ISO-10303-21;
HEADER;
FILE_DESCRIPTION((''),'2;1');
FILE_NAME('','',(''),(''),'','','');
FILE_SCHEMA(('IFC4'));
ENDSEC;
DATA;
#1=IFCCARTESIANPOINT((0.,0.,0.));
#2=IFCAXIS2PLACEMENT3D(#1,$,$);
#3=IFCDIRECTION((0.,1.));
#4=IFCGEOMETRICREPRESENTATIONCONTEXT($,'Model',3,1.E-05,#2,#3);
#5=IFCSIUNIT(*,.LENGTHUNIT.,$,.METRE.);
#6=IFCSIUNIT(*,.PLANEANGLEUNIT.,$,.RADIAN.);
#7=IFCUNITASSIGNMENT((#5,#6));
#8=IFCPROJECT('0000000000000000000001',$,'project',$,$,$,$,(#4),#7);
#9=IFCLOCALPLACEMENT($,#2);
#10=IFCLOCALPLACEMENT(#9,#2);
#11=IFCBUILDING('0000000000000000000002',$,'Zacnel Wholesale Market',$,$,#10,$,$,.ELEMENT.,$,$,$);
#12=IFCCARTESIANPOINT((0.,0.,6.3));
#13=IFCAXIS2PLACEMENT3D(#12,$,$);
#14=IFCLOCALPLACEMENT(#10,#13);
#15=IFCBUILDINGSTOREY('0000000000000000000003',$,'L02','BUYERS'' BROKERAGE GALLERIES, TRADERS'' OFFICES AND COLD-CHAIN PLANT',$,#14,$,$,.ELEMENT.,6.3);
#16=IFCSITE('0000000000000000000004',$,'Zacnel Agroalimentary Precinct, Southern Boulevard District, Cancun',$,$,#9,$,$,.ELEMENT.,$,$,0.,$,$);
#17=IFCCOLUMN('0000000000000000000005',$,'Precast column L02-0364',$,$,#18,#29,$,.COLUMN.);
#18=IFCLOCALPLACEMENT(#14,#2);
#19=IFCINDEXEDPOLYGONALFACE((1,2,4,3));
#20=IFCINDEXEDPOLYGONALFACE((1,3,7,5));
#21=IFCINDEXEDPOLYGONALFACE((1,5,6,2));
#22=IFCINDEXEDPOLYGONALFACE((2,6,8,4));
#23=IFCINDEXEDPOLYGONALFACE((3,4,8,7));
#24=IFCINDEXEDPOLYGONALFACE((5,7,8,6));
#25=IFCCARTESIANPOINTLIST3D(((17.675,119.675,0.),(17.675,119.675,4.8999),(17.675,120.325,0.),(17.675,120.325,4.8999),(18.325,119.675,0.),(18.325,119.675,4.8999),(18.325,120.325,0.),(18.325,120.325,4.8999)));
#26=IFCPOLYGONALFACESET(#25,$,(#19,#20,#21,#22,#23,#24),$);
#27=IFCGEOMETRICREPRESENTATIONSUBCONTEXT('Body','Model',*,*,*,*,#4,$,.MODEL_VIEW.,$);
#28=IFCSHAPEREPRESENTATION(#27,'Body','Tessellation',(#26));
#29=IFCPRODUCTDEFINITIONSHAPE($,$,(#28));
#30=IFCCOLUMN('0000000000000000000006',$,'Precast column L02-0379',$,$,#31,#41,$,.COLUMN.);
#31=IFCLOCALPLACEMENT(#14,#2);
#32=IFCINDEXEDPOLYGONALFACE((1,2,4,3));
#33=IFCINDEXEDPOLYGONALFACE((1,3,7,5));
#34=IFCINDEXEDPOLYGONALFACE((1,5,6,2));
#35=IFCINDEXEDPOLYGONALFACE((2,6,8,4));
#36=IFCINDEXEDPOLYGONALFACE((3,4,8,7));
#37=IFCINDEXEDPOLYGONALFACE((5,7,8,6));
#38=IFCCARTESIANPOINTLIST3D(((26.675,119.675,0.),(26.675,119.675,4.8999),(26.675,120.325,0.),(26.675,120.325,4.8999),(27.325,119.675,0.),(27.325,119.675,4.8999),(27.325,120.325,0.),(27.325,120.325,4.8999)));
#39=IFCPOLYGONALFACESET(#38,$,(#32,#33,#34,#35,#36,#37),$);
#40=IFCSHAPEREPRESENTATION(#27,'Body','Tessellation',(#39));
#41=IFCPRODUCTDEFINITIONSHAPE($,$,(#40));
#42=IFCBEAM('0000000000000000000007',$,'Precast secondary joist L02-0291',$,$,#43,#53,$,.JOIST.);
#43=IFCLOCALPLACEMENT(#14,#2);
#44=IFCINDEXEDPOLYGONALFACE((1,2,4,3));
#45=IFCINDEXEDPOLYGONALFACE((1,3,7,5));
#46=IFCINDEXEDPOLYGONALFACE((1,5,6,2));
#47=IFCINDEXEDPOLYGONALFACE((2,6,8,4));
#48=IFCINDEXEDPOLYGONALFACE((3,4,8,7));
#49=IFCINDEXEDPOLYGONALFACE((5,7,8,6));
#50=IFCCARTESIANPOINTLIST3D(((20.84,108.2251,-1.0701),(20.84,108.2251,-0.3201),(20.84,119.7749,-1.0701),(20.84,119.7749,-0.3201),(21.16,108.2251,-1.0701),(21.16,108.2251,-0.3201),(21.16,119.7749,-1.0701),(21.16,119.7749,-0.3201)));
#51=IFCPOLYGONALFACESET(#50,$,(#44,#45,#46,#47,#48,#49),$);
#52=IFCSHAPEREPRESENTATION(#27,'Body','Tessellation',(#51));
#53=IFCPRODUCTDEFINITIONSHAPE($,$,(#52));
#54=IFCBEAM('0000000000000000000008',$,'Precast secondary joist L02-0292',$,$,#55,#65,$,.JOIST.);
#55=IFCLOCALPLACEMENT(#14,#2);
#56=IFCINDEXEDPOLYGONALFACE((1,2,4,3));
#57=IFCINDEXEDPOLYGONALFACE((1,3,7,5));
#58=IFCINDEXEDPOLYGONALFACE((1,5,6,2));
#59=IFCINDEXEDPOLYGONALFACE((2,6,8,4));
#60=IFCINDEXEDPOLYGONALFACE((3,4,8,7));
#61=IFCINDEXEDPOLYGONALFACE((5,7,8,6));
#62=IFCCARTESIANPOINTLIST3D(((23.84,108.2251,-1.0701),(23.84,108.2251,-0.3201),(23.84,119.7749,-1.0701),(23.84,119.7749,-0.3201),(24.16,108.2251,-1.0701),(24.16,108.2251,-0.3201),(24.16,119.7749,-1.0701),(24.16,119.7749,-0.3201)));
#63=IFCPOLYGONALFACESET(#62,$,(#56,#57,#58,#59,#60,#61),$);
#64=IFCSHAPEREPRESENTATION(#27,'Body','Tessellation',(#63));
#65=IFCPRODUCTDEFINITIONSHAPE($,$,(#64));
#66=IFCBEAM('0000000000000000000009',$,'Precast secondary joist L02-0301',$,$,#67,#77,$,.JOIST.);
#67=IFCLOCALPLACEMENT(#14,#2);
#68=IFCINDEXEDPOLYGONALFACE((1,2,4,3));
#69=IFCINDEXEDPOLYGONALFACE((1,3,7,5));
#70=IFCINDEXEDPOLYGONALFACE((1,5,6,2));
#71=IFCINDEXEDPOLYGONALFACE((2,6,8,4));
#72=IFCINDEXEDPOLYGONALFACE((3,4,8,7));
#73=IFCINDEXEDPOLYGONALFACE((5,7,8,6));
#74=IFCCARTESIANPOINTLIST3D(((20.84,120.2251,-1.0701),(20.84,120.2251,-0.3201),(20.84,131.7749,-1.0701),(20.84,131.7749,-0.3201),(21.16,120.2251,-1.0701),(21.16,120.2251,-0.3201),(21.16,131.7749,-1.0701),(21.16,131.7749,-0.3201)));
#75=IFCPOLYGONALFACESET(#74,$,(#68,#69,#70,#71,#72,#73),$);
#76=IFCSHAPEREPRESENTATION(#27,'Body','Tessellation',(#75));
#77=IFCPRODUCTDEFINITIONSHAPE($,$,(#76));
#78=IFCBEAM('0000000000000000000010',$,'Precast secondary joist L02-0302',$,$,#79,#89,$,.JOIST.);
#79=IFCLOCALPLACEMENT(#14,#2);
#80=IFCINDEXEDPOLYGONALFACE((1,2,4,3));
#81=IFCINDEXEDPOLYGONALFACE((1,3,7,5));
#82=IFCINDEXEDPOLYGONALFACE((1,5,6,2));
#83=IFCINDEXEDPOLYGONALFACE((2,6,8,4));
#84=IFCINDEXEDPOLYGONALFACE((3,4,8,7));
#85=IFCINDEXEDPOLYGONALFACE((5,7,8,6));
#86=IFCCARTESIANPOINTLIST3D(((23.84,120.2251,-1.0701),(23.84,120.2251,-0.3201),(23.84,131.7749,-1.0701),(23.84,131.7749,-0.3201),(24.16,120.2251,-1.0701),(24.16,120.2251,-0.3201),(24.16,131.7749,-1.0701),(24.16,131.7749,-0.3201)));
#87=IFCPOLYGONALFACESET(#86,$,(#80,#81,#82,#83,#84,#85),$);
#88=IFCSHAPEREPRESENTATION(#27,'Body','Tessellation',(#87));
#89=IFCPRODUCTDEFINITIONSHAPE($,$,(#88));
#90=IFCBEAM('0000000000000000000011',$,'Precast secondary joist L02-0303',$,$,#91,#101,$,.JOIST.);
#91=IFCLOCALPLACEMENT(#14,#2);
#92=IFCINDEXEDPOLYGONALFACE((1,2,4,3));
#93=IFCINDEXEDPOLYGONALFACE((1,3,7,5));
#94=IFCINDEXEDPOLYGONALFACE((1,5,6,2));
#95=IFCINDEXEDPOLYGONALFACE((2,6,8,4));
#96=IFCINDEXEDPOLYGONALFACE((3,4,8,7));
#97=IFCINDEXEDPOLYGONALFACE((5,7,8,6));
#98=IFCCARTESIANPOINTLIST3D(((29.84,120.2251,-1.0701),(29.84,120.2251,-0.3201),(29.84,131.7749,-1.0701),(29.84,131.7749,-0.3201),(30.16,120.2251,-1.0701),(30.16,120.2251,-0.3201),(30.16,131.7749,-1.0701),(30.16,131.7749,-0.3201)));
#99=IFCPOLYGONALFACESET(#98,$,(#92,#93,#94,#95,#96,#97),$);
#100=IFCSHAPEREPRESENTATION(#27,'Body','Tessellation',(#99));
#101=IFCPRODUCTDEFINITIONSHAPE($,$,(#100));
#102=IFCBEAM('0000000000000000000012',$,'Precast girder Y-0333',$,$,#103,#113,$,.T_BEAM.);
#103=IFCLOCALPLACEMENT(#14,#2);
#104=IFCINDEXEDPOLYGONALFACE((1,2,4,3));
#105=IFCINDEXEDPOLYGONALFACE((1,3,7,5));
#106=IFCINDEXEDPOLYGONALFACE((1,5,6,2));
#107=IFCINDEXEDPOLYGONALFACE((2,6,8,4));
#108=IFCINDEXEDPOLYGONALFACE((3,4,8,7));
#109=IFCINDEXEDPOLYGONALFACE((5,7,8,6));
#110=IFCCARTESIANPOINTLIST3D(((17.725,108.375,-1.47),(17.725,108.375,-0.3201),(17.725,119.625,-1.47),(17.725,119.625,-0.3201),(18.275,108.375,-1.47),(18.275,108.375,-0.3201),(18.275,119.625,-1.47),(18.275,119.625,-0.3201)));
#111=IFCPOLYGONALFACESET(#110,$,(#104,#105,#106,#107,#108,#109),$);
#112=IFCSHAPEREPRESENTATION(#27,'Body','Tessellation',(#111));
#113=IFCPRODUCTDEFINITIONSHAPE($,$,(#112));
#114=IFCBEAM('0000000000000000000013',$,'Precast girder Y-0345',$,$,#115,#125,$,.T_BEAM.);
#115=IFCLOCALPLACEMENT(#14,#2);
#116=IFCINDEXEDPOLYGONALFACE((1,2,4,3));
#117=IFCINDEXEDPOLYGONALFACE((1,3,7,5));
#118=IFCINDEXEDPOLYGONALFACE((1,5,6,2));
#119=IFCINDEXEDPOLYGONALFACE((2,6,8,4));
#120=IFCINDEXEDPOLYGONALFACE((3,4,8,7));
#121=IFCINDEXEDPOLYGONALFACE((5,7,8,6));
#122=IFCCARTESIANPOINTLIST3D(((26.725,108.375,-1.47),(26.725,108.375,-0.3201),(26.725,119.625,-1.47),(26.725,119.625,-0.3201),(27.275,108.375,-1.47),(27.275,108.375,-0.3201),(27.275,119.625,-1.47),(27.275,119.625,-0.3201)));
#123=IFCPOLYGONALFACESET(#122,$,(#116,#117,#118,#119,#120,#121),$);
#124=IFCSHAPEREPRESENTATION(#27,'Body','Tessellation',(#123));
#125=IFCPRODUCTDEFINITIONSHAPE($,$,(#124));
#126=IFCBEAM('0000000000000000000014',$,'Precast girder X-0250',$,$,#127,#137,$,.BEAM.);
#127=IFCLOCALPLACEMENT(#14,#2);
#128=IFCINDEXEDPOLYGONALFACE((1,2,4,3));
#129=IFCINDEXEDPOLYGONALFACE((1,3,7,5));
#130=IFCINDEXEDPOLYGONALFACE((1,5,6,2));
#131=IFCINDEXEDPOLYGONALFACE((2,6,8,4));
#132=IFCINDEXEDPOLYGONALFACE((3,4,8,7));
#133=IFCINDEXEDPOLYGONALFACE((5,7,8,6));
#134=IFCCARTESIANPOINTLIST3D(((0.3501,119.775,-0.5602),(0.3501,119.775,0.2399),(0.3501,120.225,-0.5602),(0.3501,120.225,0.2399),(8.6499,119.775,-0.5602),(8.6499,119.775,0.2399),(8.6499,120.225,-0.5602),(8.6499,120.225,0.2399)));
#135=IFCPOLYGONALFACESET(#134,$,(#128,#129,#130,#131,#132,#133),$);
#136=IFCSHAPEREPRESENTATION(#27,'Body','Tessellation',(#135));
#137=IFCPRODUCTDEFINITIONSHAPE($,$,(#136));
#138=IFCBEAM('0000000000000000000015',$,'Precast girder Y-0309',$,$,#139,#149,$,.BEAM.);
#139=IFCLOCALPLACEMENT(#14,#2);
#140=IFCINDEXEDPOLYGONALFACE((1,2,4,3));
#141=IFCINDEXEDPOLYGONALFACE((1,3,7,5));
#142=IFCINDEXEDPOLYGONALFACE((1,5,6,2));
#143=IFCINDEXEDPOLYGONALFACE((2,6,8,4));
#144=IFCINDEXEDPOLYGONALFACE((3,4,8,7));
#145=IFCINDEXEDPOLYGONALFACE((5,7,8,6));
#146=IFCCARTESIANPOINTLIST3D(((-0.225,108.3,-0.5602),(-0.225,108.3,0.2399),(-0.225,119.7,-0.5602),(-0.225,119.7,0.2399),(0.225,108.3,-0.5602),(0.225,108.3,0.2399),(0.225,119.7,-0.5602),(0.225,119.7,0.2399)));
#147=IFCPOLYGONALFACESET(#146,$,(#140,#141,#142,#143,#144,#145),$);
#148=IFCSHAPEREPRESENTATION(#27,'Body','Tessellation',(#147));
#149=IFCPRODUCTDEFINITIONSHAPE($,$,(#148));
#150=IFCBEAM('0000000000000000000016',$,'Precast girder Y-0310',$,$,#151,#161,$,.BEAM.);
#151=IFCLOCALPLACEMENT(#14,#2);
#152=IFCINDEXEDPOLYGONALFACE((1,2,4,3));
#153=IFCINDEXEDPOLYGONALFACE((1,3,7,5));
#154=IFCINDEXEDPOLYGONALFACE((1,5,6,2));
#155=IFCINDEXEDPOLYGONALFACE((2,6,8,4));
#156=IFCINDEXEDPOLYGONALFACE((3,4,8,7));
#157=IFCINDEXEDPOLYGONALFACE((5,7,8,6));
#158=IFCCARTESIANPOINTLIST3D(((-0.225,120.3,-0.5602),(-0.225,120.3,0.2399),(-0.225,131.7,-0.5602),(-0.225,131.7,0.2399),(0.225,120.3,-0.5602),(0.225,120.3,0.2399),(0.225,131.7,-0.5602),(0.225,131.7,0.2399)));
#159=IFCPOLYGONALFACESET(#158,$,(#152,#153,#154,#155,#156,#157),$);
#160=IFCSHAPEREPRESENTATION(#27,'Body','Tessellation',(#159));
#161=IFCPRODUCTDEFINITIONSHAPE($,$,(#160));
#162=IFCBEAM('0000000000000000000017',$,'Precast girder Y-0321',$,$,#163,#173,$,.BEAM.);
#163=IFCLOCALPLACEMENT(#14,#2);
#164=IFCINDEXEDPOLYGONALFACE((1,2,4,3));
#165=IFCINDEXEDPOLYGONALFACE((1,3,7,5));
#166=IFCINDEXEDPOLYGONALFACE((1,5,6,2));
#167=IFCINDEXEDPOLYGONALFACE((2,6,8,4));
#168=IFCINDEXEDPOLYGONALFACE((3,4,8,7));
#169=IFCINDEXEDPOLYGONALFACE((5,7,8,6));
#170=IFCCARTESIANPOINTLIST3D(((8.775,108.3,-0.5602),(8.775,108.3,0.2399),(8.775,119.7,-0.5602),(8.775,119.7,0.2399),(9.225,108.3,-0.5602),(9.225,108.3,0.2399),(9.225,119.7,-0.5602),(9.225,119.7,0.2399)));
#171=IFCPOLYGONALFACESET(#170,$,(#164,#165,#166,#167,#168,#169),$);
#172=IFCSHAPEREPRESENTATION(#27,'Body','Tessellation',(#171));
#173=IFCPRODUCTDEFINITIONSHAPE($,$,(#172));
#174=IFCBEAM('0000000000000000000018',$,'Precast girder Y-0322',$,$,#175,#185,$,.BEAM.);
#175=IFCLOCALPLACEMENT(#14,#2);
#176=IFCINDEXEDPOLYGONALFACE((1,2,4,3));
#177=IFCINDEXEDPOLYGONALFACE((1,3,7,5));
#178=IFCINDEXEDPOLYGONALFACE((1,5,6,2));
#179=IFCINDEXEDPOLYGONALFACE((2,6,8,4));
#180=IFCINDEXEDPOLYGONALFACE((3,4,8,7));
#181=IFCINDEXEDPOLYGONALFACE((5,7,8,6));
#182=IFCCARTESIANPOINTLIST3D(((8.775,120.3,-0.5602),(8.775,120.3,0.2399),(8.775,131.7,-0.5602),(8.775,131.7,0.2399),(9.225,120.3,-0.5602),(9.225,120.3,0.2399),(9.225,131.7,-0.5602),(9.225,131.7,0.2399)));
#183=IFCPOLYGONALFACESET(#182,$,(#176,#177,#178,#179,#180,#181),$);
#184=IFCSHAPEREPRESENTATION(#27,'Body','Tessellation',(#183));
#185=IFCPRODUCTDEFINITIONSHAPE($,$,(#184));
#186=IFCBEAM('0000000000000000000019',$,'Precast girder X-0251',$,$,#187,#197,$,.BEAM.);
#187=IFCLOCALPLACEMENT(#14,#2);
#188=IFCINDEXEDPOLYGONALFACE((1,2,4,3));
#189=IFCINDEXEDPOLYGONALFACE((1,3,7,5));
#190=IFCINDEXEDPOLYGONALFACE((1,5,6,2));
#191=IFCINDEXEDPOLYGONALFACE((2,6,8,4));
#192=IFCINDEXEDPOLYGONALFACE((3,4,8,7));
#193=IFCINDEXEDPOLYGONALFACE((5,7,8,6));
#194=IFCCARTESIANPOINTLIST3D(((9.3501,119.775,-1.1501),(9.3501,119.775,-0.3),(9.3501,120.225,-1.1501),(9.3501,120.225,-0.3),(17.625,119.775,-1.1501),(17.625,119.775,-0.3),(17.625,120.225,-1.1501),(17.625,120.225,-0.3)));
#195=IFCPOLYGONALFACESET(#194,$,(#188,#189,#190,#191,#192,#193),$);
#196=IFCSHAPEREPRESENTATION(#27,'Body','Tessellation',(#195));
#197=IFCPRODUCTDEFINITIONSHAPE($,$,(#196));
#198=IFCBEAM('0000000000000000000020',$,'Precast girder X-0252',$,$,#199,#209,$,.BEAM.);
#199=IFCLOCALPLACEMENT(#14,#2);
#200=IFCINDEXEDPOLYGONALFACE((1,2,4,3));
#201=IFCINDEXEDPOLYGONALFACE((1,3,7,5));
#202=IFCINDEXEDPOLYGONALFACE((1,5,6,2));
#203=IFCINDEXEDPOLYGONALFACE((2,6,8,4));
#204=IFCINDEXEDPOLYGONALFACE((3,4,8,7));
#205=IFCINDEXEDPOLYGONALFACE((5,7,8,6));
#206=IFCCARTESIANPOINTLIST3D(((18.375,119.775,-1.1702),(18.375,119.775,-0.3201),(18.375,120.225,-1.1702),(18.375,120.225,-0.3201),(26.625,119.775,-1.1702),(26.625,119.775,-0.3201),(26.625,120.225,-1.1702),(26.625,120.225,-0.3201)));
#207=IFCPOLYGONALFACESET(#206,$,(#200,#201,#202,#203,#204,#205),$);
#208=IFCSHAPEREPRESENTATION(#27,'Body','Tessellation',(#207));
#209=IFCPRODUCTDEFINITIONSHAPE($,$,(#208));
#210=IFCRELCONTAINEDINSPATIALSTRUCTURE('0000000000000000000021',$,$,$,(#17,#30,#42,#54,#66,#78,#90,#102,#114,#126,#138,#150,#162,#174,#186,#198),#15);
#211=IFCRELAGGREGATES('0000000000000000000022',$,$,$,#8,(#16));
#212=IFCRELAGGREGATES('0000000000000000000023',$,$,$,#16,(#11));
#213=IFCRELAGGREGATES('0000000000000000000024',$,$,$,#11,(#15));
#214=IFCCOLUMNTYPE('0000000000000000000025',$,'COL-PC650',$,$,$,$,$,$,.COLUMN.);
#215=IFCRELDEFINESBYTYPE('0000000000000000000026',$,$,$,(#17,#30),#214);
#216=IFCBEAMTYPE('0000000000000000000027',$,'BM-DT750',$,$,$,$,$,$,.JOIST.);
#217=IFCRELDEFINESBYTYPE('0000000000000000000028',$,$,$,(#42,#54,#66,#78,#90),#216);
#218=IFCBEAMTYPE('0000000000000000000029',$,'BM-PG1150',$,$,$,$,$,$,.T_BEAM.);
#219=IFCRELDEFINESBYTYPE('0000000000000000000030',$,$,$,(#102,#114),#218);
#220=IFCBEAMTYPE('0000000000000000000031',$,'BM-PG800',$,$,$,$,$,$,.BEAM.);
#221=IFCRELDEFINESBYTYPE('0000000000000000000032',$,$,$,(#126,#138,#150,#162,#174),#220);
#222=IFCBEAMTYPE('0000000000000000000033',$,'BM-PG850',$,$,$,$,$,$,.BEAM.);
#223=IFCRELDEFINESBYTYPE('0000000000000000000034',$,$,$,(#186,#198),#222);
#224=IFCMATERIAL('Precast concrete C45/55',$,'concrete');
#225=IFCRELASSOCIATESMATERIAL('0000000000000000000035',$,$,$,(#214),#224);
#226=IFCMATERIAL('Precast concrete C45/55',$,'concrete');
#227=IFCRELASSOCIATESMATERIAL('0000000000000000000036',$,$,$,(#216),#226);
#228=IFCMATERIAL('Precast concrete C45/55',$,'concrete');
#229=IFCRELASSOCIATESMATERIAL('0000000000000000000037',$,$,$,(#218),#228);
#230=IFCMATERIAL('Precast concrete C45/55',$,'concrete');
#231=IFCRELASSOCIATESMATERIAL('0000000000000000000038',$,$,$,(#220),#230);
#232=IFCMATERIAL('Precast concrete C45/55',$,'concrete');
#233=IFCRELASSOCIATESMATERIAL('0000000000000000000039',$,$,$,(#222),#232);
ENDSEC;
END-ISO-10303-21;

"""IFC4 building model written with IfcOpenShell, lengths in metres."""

from ifc_helpers import new_model, si_unit, direction, frame, origin, origin_2d, place, context, subcontext, project, spatial, rectangle, extrude, material, material_profile, profile_set, type_object, element, save


model = new_model("IFC4")

# Units and contexts
model_context = context("Model", 3, precision=1e-05, world=origin(), true_north=direction((0.0, 1.0)))
body_context = subcontext(model_context, "Body", "Model", "MODEL_VIEW")
ifc_project = project(units=[si_unit("LENGTHUNIT", "METRE"), si_unit("PLANEANGLEUNIT", "RADIAN")], contexts=[model_context])

# Site, building, storey
site_placement = place(None, origin())
site = spatial("IfcSite", under=ifc_project, at=site_placement, Name="Zacnel Agroalimentary Precinct, Southern Boulevard District, Cancun", CompositionType="ELEMENT", RefElevation=0.0)
building_placement = place(site_placement, origin())
building = spatial("IfcBuilding", under=site, at=building_placement, Name="Zacnel Wholesale Market", CompositionType="ELEMENT")
storey_placement = place(building_placement, frame((0.0, 0.0, 6.3)))
storey = spatial("IfcBuildingStorey", under=building, at=storey_placement, Name="L02", Description="BUYERS' BROKERAGE GALLERIES, TRADERS' OFFICES AND COLD-CHAIN PLANT", CompositionType="ELEMENT", Elevation=6.3)

# Columns
ifc_material_1 = material(Name="Precast concrete C45/55", Category="concrete")
ifc_material_profile_1 = material_profile(ifc_material_1, rectangle(XDim=0.6499, YDim=0.6499, at=origin_2d()), Name="PC 650x650")
ifc_profile_set_1 = profile_set([ifc_material_profile_1], Name="Precast concrete C45/55")
column_type = type_object("IfcColumnType", Name="COL-PC650", PredefinedType="COLUMN", material=ifc_profile_set_1)
for number, where, z_axis, x_axis, name in (
    (1, (18.0, 120.0, 0.0), (0.0, 0.0, 1.0), (1.0, 0.0, 0.0), "Precast column L02-0364"),
    (2, (27.0, 120.0, 0.0), (0.0, 0.0, 1.0), (1.0, 0.0, 0.0), "Precast column L02-0379"),
):
    element("IfcColumn", number, at=place(storey_placement, frame(where, z_axis=z_axis, x_axis=x_axis)), inside=storey, type_object=column_type, Name=name, PredefinedType="COLUMN", context=body_context, shape_type="SweptSolid", body=[
        extrude(rectangle(XDim=0.6499, YDim=0.6499, at=origin_2d()), origin(), (0.0, 0.0, 1.0), 4.8999),
    ])

# Beams
ifc_material_2 = material(Name="Precast concrete C45/55", Category="concrete")
ifc_material_profile_2 = material_profile(ifc_material_2, rectangle(XDim=0.3201, YDim=0.75, at=origin_2d()), Name="DT RIB 320x750")
ifc_profile_set_2 = profile_set([ifc_material_profile_2], Name="Precast concrete C45/55")
beam_type_1 = type_object("IfcBeamType", Name="BM-DT750", PredefinedType="JOIST", material=ifc_profile_set_2)
for number, where, z_axis, x_axis, name in (
    (3, (21.0, 108.2251, -0.6951), (0.0, 1.0, 0.0), (-1.0, 0.0, 0.0), "Precast secondary joist L02-0291"),
    (4, (24.0, 108.2251, -0.6951), (0.0, 1.0, 0.0), (-1.0, 0.0, 0.0), "Precast secondary joist L02-0292"),
    (5, (21.0, 120.2251, -0.6951), (0.0, 1.0, 0.0), (-1.0, 0.0, 0.0), "Precast secondary joist L02-0301"),
    (6, (24.0, 120.2251, -0.6951), (0.0, 1.0, 0.0), (-1.0, 0.0, 0.0), "Precast secondary joist L02-0302"),
    (7, (30.0, 120.2251, -0.6951), (0.0, 1.0, 0.0), (-1.0, 0.0, 0.0), "Precast secondary joist L02-0303"),
):
    element("IfcBeam", number, at=place(storey_placement, frame(where, z_axis=z_axis, x_axis=x_axis)), inside=storey, type_object=beam_type_1, Name=name, PredefinedType="JOIST", context=body_context, shape_type="SweptSolid", body=[
        extrude(rectangle(XDim=0.3201, YDim=0.75, at=origin_2d()), origin(), (0.0, 0.0, 1.0), 11.5498),
    ])
ifc_material_3 = material(Name="Precast concrete C45/55", Category="concrete")
ifc_material_profile_3 = material_profile(ifc_material_3, rectangle(XDim=0.55, YDim=1.1499, at=origin_2d()), Name="PG 550x1150")
ifc_profile_set_3 = profile_set([ifc_material_profile_3], Name="Precast concrete C45/55")
beam_type_2 = type_object("IfcBeamType", Name="BM-PG1150", PredefinedType="T_BEAM", material=ifc_profile_set_3)
for number, where, z_axis, x_axis, name in (
    (8, (18.0, 108.375, -0.895), (0.0, 1.0, 0.0), (-1.0, 0.0, 0.0), "Precast girder Y-0333"),
    (9, (27.0, 108.375, -0.895), (0.0, 1.0, 0.0), (-1.0, 0.0, 0.0), "Precast girder Y-0345"),
):
    element("IfcBeam", number, at=place(storey_placement, frame(where, z_axis=z_axis, x_axis=x_axis)), inside=storey, type_object=beam_type_2, Name=name, PredefinedType="T_BEAM", context=body_context, shape_type="SweptSolid", body=[
        extrude(rectangle(XDim=0.55, YDim=1.1499, at=origin_2d()), origin(), (0.0, 0.0, 1.0), 11.25),
    ])
ifc_material_4 = material(Name="Precast concrete C45/55", Category="concrete")
ifc_material_profile_4 = material_profile(ifc_material_4, rectangle(XDim=0.45, YDim=0.8, at=origin_2d()), Name="PG 450x800")
ifc_profile_set_4 = profile_set([ifc_material_profile_4], Name="Precast concrete C45/55")
beam_type_3 = type_object("IfcBeamType", Name="BM-PG800", PredefinedType="BEAM", material=ifc_profile_set_4)
beam_1_placement = place(storey_placement, frame((0.3501, 120.0, -0.1602), z_axis=(1.0, 0.0, 0.0), x_axis=(0.0, 1.0, 0.0)))
element("IfcBeam", 10, at=beam_1_placement, inside=storey, type_object=beam_type_3, Name="Precast girder X-0250", PredefinedType="BEAM", context=body_context, shape_type="SweptSolid", body=[
    extrude(rectangle(XDim=0.45, YDim=0.8, at=origin_2d()), origin(), (0.0, 0.0, 1.0), 8.2998),
])
for number, where, z_axis, x_axis, name in (
    (11, (0.0, 108.3, -0.1602), (0.0, 1.0, 0.0), (-1.0, 0.0, 0.0), "Precast girder Y-0309"),
    (12, (0.0, 120.3, -0.1602), (0.0, 1.0, 0.0), (-1.0, 0.0, 0.0), "Precast girder Y-0310"),
    (13, (9.0, 108.3, -0.1602), (0.0, 1.0, 0.0), (-1.0, 0.0, 0.0), "Precast girder Y-0321"),
    (14, (9.0, 120.3, -0.1602), (0.0, 1.0, 0.0), (-1.0, 0.0, 0.0), "Precast girder Y-0322"),
):
    element("IfcBeam", number, at=place(storey_placement, frame(where, z_axis=z_axis, x_axis=x_axis)), inside=storey, type_object=beam_type_3, Name=name, PredefinedType="BEAM", context=body_context, shape_type="SweptSolid", body=[
        extrude(rectangle(XDim=0.45, YDim=0.8, at=origin_2d()), origin(), (0.0, 0.0, 1.0), 11.3999),
    ])
ifc_material_5 = material(Name="Precast concrete C45/55", Category="concrete")
ifc_material_profile_5 = material_profile(ifc_material_5, rectangle(XDim=0.45, YDim=0.8501, at=origin_2d()), Name="PG 450x850")
ifc_profile_set_5 = profile_set([ifc_material_profile_5], Name="Precast concrete C45/55")
beam_type_4 = type_object("IfcBeamType", Name="BM-PG850", PredefinedType="BEAM", material=ifc_profile_set_5)
beam_2_placement = place(storey_placement, frame((9.3501, 120.0, -0.7251), z_axis=(1.0, 0.0, 0.0), x_axis=(0.0, 1.0, 0.0)))
element("IfcBeam", 15, at=beam_2_placement, inside=storey, type_object=beam_type_4, Name="Precast girder X-0251", PredefinedType="BEAM", context=body_context, shape_type="SweptSolid", body=[
    extrude(rectangle(XDim=0.45, YDim=0.8501, at=origin_2d()), origin(), (0.0, 0.0, 1.0), 8.2749),
])
for number, where, z_axis, x_axis, name in (
    (16, (18.375, 120.0, -0.7451), (1.0, 0.0, 0.0), (0.0, 1.0, 0.0), "Precast girder X-0252"),
):
    element("IfcBeam", number, at=place(storey_placement, frame(where, z_axis=z_axis, x_axis=x_axis)), inside=storey, type_object=beam_type_4, Name=name, PredefinedType="BEAM", context=body_context, shape_type="SweptSolid", body=[
        extrude(rectangle(XDim=0.45, YDim=0.8501, at=origin_2d()), origin(), (0.0, 0.0, 1.0), 8.25),
    ])

save(model, "model.ifc")
